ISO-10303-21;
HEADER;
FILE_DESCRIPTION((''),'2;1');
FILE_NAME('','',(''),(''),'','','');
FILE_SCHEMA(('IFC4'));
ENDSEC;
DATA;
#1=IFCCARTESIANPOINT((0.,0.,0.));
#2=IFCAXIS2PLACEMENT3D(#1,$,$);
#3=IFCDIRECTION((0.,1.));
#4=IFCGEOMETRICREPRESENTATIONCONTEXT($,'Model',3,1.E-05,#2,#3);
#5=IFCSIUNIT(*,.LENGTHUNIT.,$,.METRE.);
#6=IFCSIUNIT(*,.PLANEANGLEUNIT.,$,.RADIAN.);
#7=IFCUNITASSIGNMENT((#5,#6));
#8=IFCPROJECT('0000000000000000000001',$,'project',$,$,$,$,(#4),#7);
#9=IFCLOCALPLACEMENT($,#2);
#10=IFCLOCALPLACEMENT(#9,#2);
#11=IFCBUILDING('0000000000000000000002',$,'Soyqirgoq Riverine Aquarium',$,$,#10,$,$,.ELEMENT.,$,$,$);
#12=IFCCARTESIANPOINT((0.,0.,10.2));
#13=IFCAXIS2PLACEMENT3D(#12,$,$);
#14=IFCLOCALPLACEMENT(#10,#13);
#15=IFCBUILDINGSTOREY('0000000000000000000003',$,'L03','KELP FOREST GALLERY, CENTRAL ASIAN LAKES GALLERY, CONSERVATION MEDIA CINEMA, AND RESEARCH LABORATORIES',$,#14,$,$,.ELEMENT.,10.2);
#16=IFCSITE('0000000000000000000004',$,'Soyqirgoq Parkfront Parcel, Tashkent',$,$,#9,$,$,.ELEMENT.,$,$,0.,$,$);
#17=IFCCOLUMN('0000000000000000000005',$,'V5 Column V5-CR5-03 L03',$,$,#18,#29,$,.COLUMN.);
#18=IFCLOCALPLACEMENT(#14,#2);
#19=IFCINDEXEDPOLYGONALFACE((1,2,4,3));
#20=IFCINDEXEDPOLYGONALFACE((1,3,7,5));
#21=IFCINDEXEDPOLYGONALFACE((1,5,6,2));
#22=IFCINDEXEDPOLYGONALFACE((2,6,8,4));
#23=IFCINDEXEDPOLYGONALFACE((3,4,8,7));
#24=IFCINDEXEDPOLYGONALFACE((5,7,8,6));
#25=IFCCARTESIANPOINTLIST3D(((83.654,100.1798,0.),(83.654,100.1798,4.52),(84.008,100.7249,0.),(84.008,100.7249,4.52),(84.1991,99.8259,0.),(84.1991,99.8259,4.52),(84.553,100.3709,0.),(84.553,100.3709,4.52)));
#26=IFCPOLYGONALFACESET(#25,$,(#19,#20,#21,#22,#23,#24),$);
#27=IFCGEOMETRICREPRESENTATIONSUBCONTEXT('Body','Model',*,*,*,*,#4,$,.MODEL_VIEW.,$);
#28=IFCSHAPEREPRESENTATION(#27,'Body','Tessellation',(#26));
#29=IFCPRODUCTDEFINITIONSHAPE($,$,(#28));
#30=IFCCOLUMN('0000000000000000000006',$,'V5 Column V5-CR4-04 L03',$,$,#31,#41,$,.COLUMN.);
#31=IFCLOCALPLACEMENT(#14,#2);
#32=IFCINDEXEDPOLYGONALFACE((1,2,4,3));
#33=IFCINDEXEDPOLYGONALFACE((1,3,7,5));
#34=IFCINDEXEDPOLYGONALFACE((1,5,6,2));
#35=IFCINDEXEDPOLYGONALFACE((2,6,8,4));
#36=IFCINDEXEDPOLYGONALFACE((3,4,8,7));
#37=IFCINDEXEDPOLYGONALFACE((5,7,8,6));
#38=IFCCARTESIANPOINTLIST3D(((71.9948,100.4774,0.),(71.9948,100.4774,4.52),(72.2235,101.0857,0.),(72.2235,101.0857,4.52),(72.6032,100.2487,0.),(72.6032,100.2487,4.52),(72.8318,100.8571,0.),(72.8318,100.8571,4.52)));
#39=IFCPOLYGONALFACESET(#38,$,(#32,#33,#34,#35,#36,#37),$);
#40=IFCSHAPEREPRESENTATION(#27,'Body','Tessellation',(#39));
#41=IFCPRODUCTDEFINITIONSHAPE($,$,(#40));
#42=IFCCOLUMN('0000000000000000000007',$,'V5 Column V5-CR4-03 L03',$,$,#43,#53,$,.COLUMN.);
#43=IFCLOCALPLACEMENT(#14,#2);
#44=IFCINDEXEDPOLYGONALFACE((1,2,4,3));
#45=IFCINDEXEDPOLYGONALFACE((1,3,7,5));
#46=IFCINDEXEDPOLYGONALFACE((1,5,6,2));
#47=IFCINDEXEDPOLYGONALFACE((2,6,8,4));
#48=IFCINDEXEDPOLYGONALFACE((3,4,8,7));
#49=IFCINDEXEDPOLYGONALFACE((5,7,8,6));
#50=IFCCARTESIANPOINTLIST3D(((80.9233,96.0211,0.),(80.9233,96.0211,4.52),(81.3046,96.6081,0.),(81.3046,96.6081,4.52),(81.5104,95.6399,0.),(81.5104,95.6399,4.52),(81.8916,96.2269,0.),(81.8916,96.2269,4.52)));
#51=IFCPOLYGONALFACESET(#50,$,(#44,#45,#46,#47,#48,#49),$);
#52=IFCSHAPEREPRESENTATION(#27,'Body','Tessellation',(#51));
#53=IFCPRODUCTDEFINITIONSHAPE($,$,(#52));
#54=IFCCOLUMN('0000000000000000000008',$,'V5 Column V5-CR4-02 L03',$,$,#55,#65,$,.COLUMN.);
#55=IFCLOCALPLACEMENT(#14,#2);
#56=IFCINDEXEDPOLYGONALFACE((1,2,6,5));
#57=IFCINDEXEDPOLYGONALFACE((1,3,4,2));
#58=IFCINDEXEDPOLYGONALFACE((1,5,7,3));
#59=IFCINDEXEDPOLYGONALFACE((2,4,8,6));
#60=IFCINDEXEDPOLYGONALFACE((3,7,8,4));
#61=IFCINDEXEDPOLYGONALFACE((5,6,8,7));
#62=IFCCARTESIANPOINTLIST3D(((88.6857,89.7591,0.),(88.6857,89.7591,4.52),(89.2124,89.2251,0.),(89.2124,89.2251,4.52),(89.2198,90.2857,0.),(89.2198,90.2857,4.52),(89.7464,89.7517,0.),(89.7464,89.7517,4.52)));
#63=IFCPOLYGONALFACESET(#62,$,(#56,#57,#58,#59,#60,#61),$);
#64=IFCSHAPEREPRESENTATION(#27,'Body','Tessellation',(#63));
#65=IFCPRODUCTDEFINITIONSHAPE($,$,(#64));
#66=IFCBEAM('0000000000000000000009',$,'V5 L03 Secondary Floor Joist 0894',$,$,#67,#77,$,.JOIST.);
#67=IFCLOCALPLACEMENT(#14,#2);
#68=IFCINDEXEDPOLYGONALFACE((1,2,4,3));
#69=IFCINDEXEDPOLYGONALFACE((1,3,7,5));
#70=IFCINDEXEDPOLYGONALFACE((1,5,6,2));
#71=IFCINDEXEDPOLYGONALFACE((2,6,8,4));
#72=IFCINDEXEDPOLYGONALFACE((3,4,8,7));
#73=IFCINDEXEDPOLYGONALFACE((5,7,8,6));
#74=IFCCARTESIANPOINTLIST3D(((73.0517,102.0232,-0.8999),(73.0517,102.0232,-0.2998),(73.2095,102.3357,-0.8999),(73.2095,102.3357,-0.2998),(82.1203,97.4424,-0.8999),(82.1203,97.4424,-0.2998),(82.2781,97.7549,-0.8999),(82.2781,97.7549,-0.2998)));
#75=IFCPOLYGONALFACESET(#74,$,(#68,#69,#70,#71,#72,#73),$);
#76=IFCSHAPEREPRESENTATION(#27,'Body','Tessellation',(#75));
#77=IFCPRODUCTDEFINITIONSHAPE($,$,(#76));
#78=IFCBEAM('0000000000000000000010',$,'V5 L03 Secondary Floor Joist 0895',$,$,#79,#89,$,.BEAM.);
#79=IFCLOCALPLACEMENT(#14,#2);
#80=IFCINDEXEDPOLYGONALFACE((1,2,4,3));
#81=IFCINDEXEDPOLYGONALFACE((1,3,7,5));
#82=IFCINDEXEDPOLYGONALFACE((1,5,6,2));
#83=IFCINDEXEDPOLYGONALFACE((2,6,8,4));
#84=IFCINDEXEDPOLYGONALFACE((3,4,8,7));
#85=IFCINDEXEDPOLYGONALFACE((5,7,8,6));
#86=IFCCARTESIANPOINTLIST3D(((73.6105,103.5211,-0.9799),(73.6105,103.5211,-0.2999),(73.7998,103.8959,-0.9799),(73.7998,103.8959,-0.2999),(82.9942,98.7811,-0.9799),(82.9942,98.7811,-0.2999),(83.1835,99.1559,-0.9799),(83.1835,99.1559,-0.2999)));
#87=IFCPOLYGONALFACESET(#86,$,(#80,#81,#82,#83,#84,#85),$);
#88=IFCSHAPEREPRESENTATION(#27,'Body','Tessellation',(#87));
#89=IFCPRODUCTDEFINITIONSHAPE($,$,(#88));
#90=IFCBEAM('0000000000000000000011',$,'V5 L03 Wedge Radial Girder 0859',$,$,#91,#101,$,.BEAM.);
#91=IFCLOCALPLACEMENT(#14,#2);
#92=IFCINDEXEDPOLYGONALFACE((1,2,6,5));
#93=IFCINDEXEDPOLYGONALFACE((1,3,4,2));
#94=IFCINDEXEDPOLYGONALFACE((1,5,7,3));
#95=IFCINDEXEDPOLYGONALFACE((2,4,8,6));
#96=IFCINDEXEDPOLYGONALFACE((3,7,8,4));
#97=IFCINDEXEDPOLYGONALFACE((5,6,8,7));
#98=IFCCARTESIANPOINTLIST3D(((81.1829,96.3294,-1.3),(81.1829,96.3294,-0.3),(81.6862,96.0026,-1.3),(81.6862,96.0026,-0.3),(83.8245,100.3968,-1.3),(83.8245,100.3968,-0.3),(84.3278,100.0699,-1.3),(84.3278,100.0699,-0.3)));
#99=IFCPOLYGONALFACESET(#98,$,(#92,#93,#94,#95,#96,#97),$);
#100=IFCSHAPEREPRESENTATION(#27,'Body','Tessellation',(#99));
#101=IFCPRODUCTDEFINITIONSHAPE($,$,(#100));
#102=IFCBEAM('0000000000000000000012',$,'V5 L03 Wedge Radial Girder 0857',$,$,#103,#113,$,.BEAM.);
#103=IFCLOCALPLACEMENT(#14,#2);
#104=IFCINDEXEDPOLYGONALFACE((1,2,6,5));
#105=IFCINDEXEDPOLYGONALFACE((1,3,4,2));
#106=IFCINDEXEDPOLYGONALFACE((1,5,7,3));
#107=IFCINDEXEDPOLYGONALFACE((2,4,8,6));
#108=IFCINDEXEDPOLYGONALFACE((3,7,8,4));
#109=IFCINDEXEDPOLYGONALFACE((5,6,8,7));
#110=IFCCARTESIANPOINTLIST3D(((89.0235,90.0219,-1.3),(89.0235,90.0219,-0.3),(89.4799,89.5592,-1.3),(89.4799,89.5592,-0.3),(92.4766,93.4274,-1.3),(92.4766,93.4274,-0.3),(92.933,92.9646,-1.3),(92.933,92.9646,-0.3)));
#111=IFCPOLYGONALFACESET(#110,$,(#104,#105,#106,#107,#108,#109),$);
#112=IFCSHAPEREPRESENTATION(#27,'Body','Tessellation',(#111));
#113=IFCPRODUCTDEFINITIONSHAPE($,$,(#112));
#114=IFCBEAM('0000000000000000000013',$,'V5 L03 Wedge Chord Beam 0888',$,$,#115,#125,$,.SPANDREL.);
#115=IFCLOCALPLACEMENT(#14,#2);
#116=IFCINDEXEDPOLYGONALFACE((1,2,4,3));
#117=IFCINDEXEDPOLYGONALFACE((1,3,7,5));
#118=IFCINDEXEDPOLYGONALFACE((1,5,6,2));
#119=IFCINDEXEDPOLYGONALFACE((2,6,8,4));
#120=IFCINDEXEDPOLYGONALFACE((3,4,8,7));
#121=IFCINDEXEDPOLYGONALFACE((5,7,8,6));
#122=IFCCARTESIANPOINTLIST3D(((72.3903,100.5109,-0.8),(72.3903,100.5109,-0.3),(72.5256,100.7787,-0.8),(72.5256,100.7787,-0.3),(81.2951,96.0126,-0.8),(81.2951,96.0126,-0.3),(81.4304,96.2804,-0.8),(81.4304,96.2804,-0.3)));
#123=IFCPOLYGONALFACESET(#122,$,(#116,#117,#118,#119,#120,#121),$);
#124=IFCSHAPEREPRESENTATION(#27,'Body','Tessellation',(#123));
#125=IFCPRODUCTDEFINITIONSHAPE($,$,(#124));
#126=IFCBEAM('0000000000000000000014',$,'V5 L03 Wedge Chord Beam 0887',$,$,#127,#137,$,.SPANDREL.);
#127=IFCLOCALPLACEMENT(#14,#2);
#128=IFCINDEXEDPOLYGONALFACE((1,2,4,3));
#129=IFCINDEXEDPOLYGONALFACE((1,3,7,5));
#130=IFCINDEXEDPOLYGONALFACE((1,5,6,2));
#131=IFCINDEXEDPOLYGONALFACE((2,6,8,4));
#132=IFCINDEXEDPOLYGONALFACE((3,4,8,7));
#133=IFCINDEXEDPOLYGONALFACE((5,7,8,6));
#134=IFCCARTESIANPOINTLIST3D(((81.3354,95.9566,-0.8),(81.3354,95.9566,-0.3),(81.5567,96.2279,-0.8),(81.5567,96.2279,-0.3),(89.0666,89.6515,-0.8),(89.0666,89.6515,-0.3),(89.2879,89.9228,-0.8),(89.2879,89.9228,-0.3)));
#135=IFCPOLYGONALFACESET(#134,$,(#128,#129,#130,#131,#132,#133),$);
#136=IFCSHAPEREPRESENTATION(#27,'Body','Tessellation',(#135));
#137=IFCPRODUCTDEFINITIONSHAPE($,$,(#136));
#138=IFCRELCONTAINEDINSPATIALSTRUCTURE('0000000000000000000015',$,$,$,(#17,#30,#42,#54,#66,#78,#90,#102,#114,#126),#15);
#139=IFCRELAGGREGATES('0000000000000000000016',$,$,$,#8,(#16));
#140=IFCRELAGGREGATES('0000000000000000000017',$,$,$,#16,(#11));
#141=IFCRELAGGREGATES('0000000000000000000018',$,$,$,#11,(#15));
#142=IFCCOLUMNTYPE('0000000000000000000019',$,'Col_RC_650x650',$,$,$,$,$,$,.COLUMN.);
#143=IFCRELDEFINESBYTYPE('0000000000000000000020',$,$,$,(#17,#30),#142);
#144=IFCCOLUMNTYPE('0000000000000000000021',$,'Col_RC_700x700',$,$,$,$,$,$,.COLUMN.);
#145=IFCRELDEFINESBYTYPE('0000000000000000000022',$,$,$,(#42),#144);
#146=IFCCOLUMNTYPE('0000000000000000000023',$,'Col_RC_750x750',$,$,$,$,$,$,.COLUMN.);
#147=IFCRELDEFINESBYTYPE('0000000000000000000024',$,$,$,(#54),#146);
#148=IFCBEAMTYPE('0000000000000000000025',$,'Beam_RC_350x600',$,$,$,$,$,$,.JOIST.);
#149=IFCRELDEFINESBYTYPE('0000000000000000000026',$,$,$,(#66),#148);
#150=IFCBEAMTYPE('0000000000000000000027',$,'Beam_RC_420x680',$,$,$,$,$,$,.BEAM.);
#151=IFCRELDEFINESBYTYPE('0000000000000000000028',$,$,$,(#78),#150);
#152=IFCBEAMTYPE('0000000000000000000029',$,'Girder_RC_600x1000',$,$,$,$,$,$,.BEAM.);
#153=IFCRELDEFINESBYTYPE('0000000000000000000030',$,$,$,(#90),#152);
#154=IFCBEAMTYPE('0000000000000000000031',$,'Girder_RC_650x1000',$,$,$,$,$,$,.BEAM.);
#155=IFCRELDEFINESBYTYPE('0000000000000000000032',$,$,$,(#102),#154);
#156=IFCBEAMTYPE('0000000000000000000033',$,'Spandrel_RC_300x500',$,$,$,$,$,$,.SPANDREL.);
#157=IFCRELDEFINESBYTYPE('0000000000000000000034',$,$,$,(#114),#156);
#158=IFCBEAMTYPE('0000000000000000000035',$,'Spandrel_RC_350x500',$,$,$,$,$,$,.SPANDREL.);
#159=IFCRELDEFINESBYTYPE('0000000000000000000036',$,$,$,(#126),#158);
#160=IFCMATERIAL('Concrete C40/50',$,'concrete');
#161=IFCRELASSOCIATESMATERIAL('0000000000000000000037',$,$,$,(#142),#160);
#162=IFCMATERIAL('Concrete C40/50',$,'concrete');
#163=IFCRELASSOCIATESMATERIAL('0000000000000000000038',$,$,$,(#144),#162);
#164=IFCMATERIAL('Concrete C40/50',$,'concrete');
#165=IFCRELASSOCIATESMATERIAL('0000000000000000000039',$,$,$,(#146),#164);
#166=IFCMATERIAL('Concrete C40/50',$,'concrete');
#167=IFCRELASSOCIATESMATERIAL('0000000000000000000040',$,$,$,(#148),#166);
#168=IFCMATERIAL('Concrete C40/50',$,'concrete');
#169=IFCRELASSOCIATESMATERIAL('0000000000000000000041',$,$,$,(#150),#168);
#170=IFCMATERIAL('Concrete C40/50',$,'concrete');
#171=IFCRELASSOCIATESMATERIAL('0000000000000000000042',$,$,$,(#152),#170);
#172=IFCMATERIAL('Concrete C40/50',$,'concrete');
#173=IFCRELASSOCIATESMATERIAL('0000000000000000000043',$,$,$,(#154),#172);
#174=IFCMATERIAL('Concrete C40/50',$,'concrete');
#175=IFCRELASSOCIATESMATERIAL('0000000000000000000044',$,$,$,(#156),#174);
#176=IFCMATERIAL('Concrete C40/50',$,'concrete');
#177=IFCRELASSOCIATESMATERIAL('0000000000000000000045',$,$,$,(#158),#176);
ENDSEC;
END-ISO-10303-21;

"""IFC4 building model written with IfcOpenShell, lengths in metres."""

from ifc_helpers import new_model, si_unit, direction, frame, origin, origin_2d, place, context, subcontext, project, spatial, rectangle, extrude, material, material_profile, profile_set, type_object, element, save


model = new_model("IFC4")

# Units and contexts
model_context = context("Model", 3, precision=1e-05, world=origin(), true_north=direction((0.0, 1.0)))
body_context = subcontext(model_context, "Body", "Model", "MODEL_VIEW")
ifc_project = project(units=[si_unit("LENGTHUNIT", "METRE"), si_unit("PLANEANGLEUNIT", "RADIAN")], contexts=[model_context])

# Site, building, storey
site_placement = place(None, origin())
site = spatial("IfcSite", under=ifc_project, at=site_placement, Name="Soyqirgoq Parkfront Parcel, Tashkent", CompositionType="ELEMENT", RefElevation=0.0)
building_placement = place(site_placement, origin())
building = spatial("IfcBuilding", under=site, at=building_placement, Name="Soyqirgoq Riverine Aquarium", CompositionType="ELEMENT")
storey_placement = place(building_placement, frame((0.0, 0.0, 10.2)))
storey = spatial("IfcBuildingStorey", under=building, at=storey_placement, Name="L03", Description="KELP FOREST GALLERY, CENTRAL ASIAN LAKES GALLERY, CONSERVATION MEDIA CINEMA, AND RESEARCH LABORATORIES", CompositionType="ELEMENT", Elevation=10.2)

# Columns
ifc_material_1 = material(Name="Concrete C40/50", Category="concrete")
ifc_material_profile_1 = material_profile(ifc_material_1, rectangle(XDim=0.6499, YDim=0.6499, at=origin_2d()), Name="RC 650x650")
ifc_profile_set_1 = profile_set([ifc_material_profile_1], Name="Concrete C40/50")
column_type_1 = type_object("IfcColumnType", Name="Col_RC_650x650", PredefinedType="COLUMN", material=ifc_profile_set_1)
for number, where, z_axis, x_axis, name in (
    (1, (84.1035, 100.2754, 0.0), (0.0, 0.0, 1.0), (0.544639, 0.838671, 0.0), "V5 Column V5-CR5-03 L03"),
    (2, (72.4133, 100.6672, 0.0), (0.0, 0.0, 1.0), (0.351842, 0.93606, 0.0), "V5 Column V5-CR4-04 L03"),
):
    element("IfcColumn", number, at=place(storey_placement, frame(where, z_axis=z_axis, x_axis=x_axis)), inside=storey, type_object=column_type_1, Name=name, PredefinedType="COLUMN", context=body_context, shape_type="SweptSolid", body=[
        extrude(rectangle(XDim=0.6499, YDim=0.6499, at=origin_2d()), origin(), (0.0, 0.0, 1.0), 4.52),
    ])
ifc_material_2 = material(Name="Concrete C40/50", Category="concrete")
ifc_material_profile_2 = material_profile(ifc_material_2, rectangle(XDim=0.7, YDim=0.7, at=origin_2d()), Name="RC 700x700")
ifc_profile_set_2 = profile_set([ifc_material_profile_2], Name="Concrete C40/50")
column_type_2 = type_object("IfcColumnType", Name="Col_RC_700x700", PredefinedType="COLUMN", material=ifc_profile_set_2)
column_1_placement = place(storey_placement, frame((81.4075, 96.124, 0.0), z_axis=(0.0, 0.0, 1.0), x_axis=(0.544639, 0.838671, 0.0)))
element("IfcColumn", 3, at=column_1_placement, inside=storey, type_object=column_type_2, Name="V5 Column V5-CR4-03 L03", PredefinedType="COLUMN", context=body_context, shape_type="SweptSolid", body=[
    extrude(rectangle(XDim=0.7, YDim=0.7, at=origin_2d()), origin(), (0.0, 0.0, 1.0), 4.52),
])
ifc_material_3 = material(Name="Concrete C40/50", Category="concrete")
ifc_material_profile_3 = material_profile(ifc_material_3, rectangle(XDim=0.75, YDim=0.75, at=origin_2d()), Name="RC 750x750")
ifc_profile_set_3 = profile_set([ifc_material_profile_3], Name="Concrete C40/50")
column_type_3 = type_object("IfcColumnType", Name="Col_RC_750x750", PredefinedType="COLUMN", material=ifc_profile_set_3)
column_2_placement = place(storey_placement, frame((89.2161, 89.7554, 0.0), z_axis=(0.0, 0.0, 1.0), x_axis=(0.712026, 0.702153, 0.0)))
element("IfcColumn", 4, at=column_2_placement, inside=storey, type_object=column_type_3, Name="V5 Column V5-CR4-02 L03", PredefinedType="COLUMN", context=body_context, shape_type="SweptSolid", body=[
    extrude(rectangle(XDim=0.75, YDim=0.75, at=origin_2d()), origin(), (0.0, 0.0, 1.0), 4.52),
])

# Beams
ifc_material_4 = material(Name="Concrete C40/50", Category="concrete")
ifc_material_profile_4 = material_profile(ifc_material_4, rectangle(XDim=0.3501, YDim=0.6001, at=origin_2d()), Name="RC 350x600")
ifc_profile_set_4 = profile_set([ifc_material_profile_4], Name="Concrete C40/50")
beam_type_1 = type_object("IfcBeamType", Name="Beam_RC_350x600", PredefinedType="JOIST", material=ifc_profile_set_4)
beam_1_placement = place(storey_placement, frame((82.1992, 97.5986, -0.5999), z_axis=(-0.892589, 0.450872, 0.0), x_axis=(-0.450872, -0.892589, 0.0)))
element("IfcBeam", 5, at=beam_1_placement, inside=storey, type_object=beam_type_1, Name="V5 L03 Secondary Floor Joist 0894", PredefinedType="JOIST", context=body_context, shape_type="SweptSolid", body=[
    extrude(rectangle(XDim=0.3501, YDim=0.6001, at=origin_2d()), origin(), (0.0, 0.0, 1.0), 10.1599),
])
ifc_material_5 = material(Name="Concrete C40/50", Category="concrete")
ifc_material_profile_5 = material_profile(ifc_material_5, rectangle(XDim=0.4199, YDim=0.6799, at=origin_2d()), Name="RC 420x680")
ifc_profile_set_5 = profile_set([ifc_material_profile_5], Name="Concrete C40/50")
beam_type_2 = type_object("IfcBeamType", Name="Beam_RC_420x680", PredefinedType="BEAM", material=ifc_profile_set_5)
beam_2_placement = place(storey_placement, frame((83.0889, 98.9685, -0.6399), z_axis=(-0.89259, 0.45087, 0.0), x_axis=(-0.45087, -0.89259, 0.0)))
element("IfcBeam", 6, at=beam_2_placement, inside=storey, type_object=beam_type_2, Name="V5 L03 Secondary Floor Joist 0895", PredefinedType="BEAM", context=body_context, shape_type="SweptSolid", body=[
    extrude(rectangle(XDim=0.4199, YDim=0.6799, at=origin_2d()), origin(), (0.0, 0.0, 1.0), 10.5129),
])
ifc_material_6 = material(Name="Concrete C40/50", Category="concrete")
ifc_material_profile_6 = material_profile(ifc_material_6, rectangle(XDim=0.6001, YDim=1.0, at=origin_2d()), Name="RC 600x1000")
ifc_profile_set_6 = profile_set([ifc_material_profile_6], Name="Concrete C40/50")
beam_type_3 = type_object("IfcBeamType", Name="Girder_RC_600x1000", PredefinedType="BEAM", material=ifc_profile_set_6)
beam_3_placement = place(storey_placement, frame((81.4346, 96.166, -0.8), z_axis=(0.54467, 0.838651, 0.0), x_axis=(-0.838651, 0.54467, 0.0)))
element("IfcBeam", 7, at=beam_3_placement, inside=storey, type_object=beam_type_3, Name="V5 L03 Wedge Radial Girder 0859", PredefinedType="BEAM", context=body_context, shape_type="SweptSolid", body=[
    extrude(rectangle(XDim=0.6001, YDim=1.0, at=origin_2d()), origin(), (0.0, 0.0, 1.0), 4.8499),
])
ifc_material_7 = material(Name="Concrete C40/50", Category="concrete")
ifc_material_profile_7 = material_profile(ifc_material_7, rectangle(XDim=0.6499, YDim=1.0, at=origin_2d()), Name="RC 650x1000")
ifc_profile_set_7 = profile_set([ifc_material_profile_7], Name="Concrete C40/50")
beam_type_4 = type_object("IfcBeamType", Name="Girder_RC_650x1000", PredefinedType="BEAM", material=ifc_profile_set_7)
beam_4_placement = place(storey_placement, frame((89.2517, 89.7905, -0.8), z_axis=(0.711998, 0.702182, 0.0), x_axis=(-0.702182, 0.711998, 0.0)))
element("IfcBeam", 8, at=beam_4_placement, inside=storey, type_object=beam_type_4, Name="V5 L03 Wedge Radial Girder 0857", PredefinedType="BEAM", context=body_context, shape_type="SweptSolid", body=[
    extrude(rectangle(XDim=0.6499, YDim=1.0, at=origin_2d()), origin(), (0.0, 0.0, 1.0), 4.8499),
])
ifc_material_8 = material(Name="Concrete C40/50", Category="concrete")
ifc_material_profile_8 = material_profile(ifc_material_8, rectangle(XDim=0.3, YDim=0.5, at=origin_2d()), Name="RC 300x500")
ifc_profile_set_8 = profile_set([ifc_material_profile_8], Name="Concrete C40/50")
beam_type_5 = type_object("IfcBeamType", Name="Spandrel_RC_300x500", PredefinedType="SPANDREL", material=ifc_profile_set_8)
beam_5_placement = place(storey_placement, frame((81.3628, 96.1465, -0.55), z_axis=(-0.892579, 0.45089, 0.0), x_axis=(-0.45089, -0.892579, 0.0)))
element("IfcBeam", 9, at=beam_5_placement, inside=storey, type_object=beam_type_5, Name="V5 L03 Wedge Chord Beam 0888", PredefinedType="SPANDREL", context=body_context, shape_type="SweptSolid", body=[
    extrude(rectangle(XDim=0.3, YDim=0.5, at=origin_2d()), origin(), (0.0, 0.0, 1.0), 9.9766),
])
ifc_material_9 = material(Name="Concrete C40/50", Category="concrete")
ifc_material_profile_9 = material_profile(ifc_material_9, rectangle(XDim=0.3501, YDim=0.5, at=origin_2d()), Name="RC 350x500")
ifc_profile_set_9 = profile_set([ifc_material_profile_9], Name="Concrete C40/50")
beam_type_6 = type_object("IfcBeamType", Name="Spandrel_RC_350x500", PredefinedType="SPANDREL", material=ifc_profile_set_9)
beam_6_placement = place(storey_placement, frame((89.1772, 89.7871, -0.55), z_axis=(-0.774956, 0.632015, 0.0), x_axis=(-0.632015, -0.774956, 0.0)))
element("IfcBeam", 10, at=beam_6_placement, inside=storey, type_object=beam_type_6, Name="V5 L03 Wedge Chord Beam 0887", PredefinedType="SPANDREL", context=body_context, shape_type="SweptSolid", body=[
    extrude(rectangle(XDim=0.3501, YDim=0.5, at=origin_2d()), origin(), (0.0, 0.0, 1.0), 9.9763),
])

save(model, "model.ifc")
